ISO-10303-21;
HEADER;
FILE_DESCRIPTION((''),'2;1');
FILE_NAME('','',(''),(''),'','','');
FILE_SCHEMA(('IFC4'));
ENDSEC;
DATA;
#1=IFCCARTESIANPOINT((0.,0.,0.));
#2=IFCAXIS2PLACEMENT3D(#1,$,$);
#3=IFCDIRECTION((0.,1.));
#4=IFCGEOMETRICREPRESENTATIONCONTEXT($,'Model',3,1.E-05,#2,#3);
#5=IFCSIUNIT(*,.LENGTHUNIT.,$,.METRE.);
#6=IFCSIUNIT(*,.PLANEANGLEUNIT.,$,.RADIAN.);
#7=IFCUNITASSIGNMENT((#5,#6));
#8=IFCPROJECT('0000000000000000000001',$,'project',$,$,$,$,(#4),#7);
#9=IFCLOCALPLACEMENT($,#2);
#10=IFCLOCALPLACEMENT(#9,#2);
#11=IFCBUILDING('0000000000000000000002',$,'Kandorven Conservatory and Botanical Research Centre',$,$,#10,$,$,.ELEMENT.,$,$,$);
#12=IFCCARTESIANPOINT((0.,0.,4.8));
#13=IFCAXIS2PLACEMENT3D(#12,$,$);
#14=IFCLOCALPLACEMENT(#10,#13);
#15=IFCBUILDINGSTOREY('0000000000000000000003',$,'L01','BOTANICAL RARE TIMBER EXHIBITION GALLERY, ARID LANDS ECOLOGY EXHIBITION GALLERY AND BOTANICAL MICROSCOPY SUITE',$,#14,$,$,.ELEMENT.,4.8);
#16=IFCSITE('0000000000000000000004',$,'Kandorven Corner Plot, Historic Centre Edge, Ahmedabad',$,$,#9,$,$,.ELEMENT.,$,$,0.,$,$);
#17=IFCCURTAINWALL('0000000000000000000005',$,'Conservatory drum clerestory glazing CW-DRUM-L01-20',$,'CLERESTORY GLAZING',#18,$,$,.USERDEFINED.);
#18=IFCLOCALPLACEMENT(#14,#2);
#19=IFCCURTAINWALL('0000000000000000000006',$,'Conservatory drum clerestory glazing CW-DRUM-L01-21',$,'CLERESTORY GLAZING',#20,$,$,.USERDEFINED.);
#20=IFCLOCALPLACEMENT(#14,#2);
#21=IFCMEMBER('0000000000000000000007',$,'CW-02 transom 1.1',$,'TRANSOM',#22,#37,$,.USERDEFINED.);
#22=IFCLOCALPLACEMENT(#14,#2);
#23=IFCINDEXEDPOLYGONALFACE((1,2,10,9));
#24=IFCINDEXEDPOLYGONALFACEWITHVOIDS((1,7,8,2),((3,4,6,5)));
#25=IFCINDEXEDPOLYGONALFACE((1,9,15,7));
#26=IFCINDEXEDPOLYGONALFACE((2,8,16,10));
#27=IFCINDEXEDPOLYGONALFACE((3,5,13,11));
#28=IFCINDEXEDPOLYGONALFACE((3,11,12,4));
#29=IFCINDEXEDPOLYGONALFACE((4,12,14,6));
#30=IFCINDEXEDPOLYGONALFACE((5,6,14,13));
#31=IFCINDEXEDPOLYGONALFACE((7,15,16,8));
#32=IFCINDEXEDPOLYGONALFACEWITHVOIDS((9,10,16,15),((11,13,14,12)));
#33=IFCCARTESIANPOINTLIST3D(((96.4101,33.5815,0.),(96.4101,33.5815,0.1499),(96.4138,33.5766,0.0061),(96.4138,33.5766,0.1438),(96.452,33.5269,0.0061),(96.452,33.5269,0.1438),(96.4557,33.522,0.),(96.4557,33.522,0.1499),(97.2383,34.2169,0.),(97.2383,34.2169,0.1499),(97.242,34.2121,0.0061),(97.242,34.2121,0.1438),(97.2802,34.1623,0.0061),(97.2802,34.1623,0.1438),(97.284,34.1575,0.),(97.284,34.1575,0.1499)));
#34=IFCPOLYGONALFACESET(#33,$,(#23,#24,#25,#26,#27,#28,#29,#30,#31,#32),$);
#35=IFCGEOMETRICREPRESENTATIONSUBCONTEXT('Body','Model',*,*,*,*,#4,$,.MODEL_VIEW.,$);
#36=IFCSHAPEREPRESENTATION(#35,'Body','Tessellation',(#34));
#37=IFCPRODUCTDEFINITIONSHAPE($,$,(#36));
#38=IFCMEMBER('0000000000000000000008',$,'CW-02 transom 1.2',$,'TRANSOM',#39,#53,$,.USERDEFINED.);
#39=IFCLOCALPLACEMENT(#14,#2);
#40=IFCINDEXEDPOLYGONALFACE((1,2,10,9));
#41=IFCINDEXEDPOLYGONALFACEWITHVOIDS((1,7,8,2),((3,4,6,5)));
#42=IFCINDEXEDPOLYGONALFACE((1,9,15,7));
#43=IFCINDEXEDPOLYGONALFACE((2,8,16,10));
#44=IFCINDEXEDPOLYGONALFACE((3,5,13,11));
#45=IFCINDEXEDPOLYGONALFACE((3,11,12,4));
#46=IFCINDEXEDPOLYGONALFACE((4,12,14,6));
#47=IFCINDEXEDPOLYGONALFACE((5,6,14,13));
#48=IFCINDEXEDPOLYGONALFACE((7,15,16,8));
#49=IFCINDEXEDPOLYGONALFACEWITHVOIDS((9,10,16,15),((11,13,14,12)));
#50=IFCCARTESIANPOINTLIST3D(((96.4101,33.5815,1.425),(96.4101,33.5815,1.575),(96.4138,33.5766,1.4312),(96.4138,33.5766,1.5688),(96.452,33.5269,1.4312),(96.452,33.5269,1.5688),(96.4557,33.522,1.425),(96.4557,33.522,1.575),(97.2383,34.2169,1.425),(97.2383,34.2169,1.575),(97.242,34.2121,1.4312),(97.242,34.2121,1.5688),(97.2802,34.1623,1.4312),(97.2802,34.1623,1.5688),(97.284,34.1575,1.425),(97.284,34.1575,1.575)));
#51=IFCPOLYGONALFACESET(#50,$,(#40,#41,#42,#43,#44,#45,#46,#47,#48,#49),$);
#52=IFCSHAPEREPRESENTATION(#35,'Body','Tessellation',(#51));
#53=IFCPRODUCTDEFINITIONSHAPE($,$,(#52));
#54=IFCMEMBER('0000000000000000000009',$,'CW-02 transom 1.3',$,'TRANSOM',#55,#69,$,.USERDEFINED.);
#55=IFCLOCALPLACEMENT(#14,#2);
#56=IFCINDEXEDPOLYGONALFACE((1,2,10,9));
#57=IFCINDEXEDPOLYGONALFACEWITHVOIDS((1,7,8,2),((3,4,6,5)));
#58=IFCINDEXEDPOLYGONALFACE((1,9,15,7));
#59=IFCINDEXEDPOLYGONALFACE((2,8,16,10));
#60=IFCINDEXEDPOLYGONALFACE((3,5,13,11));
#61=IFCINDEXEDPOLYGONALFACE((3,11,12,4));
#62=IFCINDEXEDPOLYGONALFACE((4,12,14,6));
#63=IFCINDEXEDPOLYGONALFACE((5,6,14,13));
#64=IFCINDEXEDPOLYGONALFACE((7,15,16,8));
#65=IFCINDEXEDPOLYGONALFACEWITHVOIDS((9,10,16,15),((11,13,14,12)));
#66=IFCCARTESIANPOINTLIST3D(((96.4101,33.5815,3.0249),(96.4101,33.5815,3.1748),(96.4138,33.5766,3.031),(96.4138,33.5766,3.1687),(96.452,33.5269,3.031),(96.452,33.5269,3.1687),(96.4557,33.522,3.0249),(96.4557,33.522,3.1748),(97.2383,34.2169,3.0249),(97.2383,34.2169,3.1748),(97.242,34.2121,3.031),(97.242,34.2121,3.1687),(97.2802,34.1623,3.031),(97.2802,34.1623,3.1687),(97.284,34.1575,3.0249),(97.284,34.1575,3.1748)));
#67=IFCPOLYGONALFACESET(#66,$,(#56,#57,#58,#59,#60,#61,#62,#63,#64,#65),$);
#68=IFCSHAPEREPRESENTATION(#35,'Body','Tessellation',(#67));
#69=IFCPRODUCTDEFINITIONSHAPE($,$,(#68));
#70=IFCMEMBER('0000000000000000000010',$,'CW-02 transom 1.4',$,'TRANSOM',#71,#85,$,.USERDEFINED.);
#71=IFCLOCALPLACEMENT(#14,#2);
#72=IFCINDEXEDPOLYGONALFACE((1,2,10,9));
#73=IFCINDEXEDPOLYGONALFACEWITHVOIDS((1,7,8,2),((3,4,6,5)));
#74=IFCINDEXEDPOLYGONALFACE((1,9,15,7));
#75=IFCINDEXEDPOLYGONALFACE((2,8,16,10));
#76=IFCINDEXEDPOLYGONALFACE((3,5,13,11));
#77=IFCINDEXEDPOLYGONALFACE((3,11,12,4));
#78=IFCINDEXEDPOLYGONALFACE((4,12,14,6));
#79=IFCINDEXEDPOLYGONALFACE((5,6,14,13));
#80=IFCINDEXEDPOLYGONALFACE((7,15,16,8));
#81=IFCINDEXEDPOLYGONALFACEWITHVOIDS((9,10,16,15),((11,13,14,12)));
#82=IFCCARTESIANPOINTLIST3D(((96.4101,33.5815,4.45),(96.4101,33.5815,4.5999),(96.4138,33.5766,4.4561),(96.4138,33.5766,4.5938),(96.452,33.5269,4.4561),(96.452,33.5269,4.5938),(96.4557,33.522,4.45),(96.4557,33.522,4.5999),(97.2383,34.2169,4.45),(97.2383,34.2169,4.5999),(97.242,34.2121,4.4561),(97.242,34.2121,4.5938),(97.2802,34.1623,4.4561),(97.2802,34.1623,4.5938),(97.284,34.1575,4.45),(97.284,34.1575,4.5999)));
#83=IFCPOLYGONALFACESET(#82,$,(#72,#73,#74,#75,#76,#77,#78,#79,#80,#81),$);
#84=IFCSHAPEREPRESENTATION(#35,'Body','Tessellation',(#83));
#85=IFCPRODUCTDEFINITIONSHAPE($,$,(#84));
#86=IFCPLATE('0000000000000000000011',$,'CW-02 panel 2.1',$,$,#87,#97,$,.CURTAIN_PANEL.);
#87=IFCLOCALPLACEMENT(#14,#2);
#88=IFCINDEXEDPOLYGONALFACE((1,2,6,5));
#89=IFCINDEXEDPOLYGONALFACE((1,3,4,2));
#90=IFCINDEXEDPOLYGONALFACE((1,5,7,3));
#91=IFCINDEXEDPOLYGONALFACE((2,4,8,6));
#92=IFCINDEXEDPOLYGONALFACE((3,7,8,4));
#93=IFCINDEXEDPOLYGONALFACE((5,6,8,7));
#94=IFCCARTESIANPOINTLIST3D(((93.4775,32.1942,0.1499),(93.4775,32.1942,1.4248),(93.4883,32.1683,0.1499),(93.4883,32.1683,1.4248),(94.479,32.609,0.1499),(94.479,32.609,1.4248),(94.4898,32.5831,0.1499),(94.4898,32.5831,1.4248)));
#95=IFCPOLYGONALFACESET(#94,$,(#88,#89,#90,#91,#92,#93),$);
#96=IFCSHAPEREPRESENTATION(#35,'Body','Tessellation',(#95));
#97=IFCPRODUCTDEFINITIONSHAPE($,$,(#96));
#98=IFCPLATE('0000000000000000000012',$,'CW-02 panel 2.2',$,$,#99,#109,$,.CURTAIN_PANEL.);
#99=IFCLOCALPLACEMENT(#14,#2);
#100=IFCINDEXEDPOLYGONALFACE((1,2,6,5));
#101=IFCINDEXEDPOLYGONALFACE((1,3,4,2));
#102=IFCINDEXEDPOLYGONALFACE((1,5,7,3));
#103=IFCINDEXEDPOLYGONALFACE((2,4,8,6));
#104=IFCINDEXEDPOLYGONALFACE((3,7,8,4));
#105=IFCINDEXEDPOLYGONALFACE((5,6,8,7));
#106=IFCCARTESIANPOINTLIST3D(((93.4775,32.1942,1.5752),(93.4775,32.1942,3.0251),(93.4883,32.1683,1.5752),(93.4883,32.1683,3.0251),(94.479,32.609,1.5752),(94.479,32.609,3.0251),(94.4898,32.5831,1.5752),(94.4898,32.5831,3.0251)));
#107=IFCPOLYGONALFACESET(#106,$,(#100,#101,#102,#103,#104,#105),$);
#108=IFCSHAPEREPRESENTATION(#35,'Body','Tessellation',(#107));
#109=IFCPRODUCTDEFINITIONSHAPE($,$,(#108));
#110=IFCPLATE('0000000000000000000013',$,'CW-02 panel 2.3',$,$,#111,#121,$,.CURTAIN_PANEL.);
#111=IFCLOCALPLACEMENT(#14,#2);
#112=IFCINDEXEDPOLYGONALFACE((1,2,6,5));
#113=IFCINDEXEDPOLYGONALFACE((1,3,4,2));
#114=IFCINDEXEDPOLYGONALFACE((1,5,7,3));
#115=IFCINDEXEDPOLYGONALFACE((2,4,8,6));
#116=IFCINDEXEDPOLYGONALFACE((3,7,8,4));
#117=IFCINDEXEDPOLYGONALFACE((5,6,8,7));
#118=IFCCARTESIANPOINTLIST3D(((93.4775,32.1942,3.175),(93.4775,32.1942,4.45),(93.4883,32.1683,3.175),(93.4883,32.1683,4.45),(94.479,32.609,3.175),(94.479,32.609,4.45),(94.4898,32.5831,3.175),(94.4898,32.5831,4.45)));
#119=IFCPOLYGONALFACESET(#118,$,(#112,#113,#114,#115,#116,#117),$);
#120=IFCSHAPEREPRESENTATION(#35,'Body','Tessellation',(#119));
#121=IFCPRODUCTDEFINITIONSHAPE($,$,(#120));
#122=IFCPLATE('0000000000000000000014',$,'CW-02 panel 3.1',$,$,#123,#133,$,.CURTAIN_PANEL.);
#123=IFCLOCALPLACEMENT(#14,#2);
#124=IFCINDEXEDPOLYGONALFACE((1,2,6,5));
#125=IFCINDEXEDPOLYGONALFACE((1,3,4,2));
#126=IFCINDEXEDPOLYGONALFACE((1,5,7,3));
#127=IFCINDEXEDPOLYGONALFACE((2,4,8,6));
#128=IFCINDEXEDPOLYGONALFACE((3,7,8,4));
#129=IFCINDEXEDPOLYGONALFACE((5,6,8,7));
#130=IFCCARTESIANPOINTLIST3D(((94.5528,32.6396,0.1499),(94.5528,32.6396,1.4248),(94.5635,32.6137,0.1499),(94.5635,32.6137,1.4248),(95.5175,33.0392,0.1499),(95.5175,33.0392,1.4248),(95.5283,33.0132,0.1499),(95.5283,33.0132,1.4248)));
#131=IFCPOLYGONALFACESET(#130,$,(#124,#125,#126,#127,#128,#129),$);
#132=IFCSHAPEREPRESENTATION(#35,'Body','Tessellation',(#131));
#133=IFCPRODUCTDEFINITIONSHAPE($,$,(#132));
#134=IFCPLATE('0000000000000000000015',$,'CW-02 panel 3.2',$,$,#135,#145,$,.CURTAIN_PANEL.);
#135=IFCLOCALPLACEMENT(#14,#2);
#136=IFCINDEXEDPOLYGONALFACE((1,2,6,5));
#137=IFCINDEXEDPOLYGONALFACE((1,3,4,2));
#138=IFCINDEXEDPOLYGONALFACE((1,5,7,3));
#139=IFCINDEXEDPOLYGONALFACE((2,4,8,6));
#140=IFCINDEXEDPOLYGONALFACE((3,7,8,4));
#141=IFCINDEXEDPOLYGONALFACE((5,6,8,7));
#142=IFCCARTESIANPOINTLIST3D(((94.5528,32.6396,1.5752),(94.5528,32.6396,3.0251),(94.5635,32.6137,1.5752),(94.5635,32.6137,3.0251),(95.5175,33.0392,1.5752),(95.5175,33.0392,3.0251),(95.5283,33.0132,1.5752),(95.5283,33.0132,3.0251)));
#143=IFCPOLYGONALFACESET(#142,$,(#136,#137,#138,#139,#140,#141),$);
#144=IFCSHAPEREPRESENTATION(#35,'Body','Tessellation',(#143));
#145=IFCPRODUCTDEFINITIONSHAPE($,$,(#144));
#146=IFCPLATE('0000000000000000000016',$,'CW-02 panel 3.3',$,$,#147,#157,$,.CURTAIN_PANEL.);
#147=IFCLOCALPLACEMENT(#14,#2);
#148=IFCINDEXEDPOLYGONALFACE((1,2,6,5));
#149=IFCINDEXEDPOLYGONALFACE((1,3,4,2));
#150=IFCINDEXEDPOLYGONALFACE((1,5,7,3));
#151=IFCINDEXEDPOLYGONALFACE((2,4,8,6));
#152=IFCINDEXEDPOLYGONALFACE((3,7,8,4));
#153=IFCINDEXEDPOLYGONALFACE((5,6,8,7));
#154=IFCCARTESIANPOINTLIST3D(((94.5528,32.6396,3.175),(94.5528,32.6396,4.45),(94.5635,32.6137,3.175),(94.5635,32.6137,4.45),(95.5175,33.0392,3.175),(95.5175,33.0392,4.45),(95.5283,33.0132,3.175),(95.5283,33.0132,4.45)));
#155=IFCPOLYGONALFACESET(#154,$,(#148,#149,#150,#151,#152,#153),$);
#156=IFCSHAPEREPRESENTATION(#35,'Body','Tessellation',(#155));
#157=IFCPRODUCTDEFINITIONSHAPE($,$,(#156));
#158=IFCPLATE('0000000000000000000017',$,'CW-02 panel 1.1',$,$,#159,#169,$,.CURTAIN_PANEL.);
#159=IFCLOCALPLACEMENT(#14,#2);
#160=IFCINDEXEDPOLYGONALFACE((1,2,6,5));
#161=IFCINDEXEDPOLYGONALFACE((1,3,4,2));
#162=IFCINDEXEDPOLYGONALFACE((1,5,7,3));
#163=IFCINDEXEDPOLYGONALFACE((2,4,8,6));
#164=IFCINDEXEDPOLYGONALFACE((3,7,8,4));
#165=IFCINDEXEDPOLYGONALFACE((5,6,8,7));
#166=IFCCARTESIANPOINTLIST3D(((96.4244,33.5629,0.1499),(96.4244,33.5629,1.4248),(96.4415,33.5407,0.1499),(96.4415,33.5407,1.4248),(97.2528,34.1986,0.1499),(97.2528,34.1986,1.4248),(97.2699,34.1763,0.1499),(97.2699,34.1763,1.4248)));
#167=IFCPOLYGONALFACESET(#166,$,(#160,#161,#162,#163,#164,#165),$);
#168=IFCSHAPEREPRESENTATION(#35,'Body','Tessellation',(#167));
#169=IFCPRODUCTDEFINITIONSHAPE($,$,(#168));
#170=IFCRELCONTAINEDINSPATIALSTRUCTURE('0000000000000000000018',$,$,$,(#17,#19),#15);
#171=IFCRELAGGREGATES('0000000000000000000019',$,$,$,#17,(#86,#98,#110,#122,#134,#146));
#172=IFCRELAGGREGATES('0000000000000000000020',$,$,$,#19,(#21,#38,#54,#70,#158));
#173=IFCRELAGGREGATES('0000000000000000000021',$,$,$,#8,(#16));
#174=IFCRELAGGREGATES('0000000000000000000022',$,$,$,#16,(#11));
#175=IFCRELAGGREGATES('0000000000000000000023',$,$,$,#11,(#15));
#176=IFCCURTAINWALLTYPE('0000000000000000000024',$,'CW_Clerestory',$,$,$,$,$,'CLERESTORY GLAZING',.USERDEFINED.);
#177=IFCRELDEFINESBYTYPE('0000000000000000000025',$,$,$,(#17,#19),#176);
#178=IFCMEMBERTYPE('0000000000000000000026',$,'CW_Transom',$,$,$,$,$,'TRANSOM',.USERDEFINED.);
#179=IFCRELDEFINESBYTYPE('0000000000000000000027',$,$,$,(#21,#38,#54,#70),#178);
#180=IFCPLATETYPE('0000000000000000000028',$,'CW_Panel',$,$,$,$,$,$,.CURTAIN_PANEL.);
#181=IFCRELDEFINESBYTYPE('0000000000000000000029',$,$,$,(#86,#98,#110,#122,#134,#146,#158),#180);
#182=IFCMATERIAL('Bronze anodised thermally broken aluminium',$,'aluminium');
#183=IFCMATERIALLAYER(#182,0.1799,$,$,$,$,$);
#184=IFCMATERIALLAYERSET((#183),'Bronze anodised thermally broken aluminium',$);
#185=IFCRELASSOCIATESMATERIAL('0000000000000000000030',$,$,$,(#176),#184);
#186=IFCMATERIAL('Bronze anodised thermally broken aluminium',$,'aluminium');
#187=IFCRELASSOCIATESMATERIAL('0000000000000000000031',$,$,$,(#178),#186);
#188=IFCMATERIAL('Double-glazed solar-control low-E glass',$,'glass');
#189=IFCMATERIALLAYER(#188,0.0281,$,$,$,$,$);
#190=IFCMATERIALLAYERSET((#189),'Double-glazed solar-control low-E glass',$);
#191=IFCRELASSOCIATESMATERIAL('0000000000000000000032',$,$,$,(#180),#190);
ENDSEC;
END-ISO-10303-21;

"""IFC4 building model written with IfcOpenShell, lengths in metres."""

from ifc_helpers import new_model, si_unit, direction, frame, origin, origin_2d, place, context, subcontext, project, spatial, rectangle, hollow_rectangle, extrude, material, layer, layer_set, material_profile, profile_set, type_object, element, aggregate, save


model = new_model("IFC4")

# Units and contexts
model_context = context("Model", 3, precision=1e-05, world=origin(), true_north=direction((0.0, 1.0)))
body_context = subcontext(model_context, "Body", "Model", "MODEL_VIEW")
ifc_project = project(units=[si_unit("LENGTHUNIT", "METRE"), si_unit("PLANEANGLEUNIT", "RADIAN")], contexts=[model_context])

# Site, building, storey
site_placement = place(None, origin())
site = spatial("IfcSite", under=ifc_project, at=site_placement, Name="Kandorven Corner Plot, Historic Centre Edge, Ahmedabad", CompositionType="ELEMENT", RefElevation=0.0)
building_placement = place(site_placement, origin())
building = spatial("IfcBuilding", under=site, at=building_placement, Name="Kandorven Conservatory and Botanical Research Centre", CompositionType="ELEMENT")
storey_placement = place(building_placement, frame((0.0, 0.0, 4.8)))
storey = spatial("IfcBuildingStorey", under=building, at=storey_placement, Name="L01", Description="BOTANICAL RARE TIMBER EXHIBITION GALLERY, ARID LANDS ECOLOGY EXHIBITION GALLERY AND BOTANICAL MICROSCOPY SUITE", CompositionType="ELEMENT", Elevation=4.8)

# Curtain wall
ifc_material_1 = material(Name="Bronze anodised thermally broken aluminium", Category="aluminium")
ifc_layer_1 = layer(ifc_material_1, 0.1799)
ifc_layer_set_1 = layer_set([ifc_layer_1], Name="Bronze anodised thermally broken aluminium")
curtain_wall_type = type_object("IfcCurtainWallType", Name="CW_Clerestory", ElementType="CLERESTORY GLAZING", PredefinedType="USERDEFINED", material=ifc_layer_set_1)
curtain_wall_1_placement = place(storey_placement, origin())
curtain_wall_1 = element("IfcCurtainWall", 1, at=curtain_wall_1_placement, inside=storey, type_object=curtain_wall_type, Name="Conservatory drum clerestory glazing CW-DRUM-L01-20", ObjectType="CLERESTORY GLAZING", PredefinedType="USERDEFINED")

# Curtain wall
curtain_wall_2_placement = place(storey_placement, origin())
curtain_wall_2 = element("IfcCurtainWall", 2, at=curtain_wall_2_placement, inside=storey, type_object=curtain_wall_type, Name="Conservatory drum clerestory glazing CW-DRUM-L01-21", ObjectType="CLERESTORY GLAZING", PredefinedType="USERDEFINED")

# Members
ifc_material_2 = material(Name="Bronze anodised thermally broken aluminium", Category="aluminium")
ifc_material_profile_1 = material_profile(ifc_material_2, hollow_rectangle(XDim=0.075, YDim=0.1499, WallThickness=0.0061, at=origin_2d()))
ifc_profile_set_1 = profile_set([ifc_material_profile_1], Name="Bronze anodised thermally broken aluminium")
member_type_1 = type_object("IfcMemberType", Name="CW_Transom", ElementType="TRANSOM", PredefinedType="USERDEFINED", material=ifc_profile_set_1)
member_1_placement = place(storey_placement, frame((96.4329, 33.5518, 0.075), z_axis=(0.793414, 0.608682, 0.0), x_axis=(-0.608682, 0.793414, 0.0)))
member_1 = element("IfcMember", 3, at=member_1_placement, type_object=member_type_1, Name="CW-02 transom 1.1", ObjectType="TRANSOM", PredefinedType="USERDEFINED", context=body_context, shape_type="SweptSolid", body=[
    extrude(hollow_rectangle(XDim=0.075, YDim=0.1499, WallThickness=0.0061, at=origin_2d()), origin(), (0.0, 0.0, 1.0), 1.0439),
])
member_2_placement = place(storey_placement, frame((96.4329, 33.5518, 1.5), z_axis=(0.793414, 0.608682, 0.0), x_axis=(-0.608682, 0.793414, 0.0)))
member_2 = element("IfcMember", 4, at=member_2_placement, type_object=member_type_1, Name="CW-02 transom 1.2", ObjectType="TRANSOM", PredefinedType="USERDEFINED", context=body_context, shape_type="SweptSolid", body=[
    extrude(hollow_rectangle(XDim=0.075, YDim=0.1499, WallThickness=0.0061, at=origin_2d()), origin(), (0.0, 0.0, 1.0), 1.0439),
])
member_3_placement = place(storey_placement, frame((96.4329, 33.5518, 3.0999), z_axis=(0.793414, 0.608682, 0.0), x_axis=(-0.608682, 0.793414, 0.0)))
member_3 = element("IfcMember", 5, at=member_3_placement, type_object=member_type_1, Name="CW-02 transom 1.3", ObjectType="TRANSOM", PredefinedType="USERDEFINED", context=body_context, shape_type="SweptSolid", body=[
    extrude(hollow_rectangle(XDim=0.075, YDim=0.1499, WallThickness=0.0061, at=origin_2d()), origin(), (0.0, 0.0, 1.0), 1.0439),
])
member_4_placement = place(storey_placement, frame((96.4329, 33.5518, 4.5249), z_axis=(0.793414, 0.608682, 0.0), x_axis=(-0.608682, 0.793414, 0.0)))
member_4 = element("IfcMember", 6, at=member_4_placement, type_object=member_type_1, Name="CW-02 transom 1.4", ObjectType="TRANSOM", PredefinedType="USERDEFINED", context=body_context, shape_type="SweptSolid", body=[
    extrude(hollow_rectangle(XDim=0.075, YDim=0.1499, WallThickness=0.0061, at=origin_2d()), origin(), (0.0, 0.0, 1.0), 1.0439),
])

# Plates
ifc_material_3 = material(Name="Double-glazed solar-control low-E glass", Category="glass")
ifc_layer_2 = layer(ifc_material_3, 0.0281)
ifc_layer_set_2 = layer_set([ifc_layer_2], Name="Double-glazed solar-control low-E glass")
plate_type = type_object("IfcPlateType", Name="CW_Panel", PredefinedType="CURTAIN_PANEL", material=ifc_layer_set_2)
plate_1_placement = place(storey_placement, frame((93.9836, 32.3887, 0.1499), z_axis=(0.0, 0.0, 1.0), x_axis=(0.923886, 0.382669, 0.0)))
plate_1 = element("IfcPlate", 7, at=plate_1_placement, type_object=plate_type, Name="CW-02 panel 2.1", PredefinedType="CURTAIN_PANEL", context=body_context, shape_type="SweptSolid", body=[
    extrude(rectangle(XDim=1.084, YDim=0.0281, at=origin_2d()), origin(), (0.0, 0.0, 1.0), 1.2749),
])
plate_2_placement = place(storey_placement, frame((93.9836, 32.3887, 1.5752), z_axis=(0.0, 0.0, 1.0), x_axis=(0.923886, 0.382669, 0.0)))
plate_2 = element("IfcPlate", 8, at=plate_2_placement, type_object=plate_type, Name="CW-02 panel 2.2", PredefinedType="CURTAIN_PANEL", context=body_context, shape_type="SweptSolid", body=[
    extrude(rectangle(XDim=1.084, YDim=0.0281, at=origin_2d()), origin(), (0.0, 0.0, 1.0), 1.45),
])
plate_3_placement = place(storey_placement, frame((93.9836, 32.3887, 3.175), z_axis=(0.0, 0.0, 1.0), x_axis=(0.923886, 0.382669, 0.0)))
plate_3 = element("IfcPlate", 9, at=plate_3_placement, type_object=plate_type, Name="CW-02 panel 2.3", PredefinedType="CURTAIN_PANEL", context=body_context, shape_type="SweptSolid", body=[
    extrude(rectangle(XDim=1.084, YDim=0.0281, at=origin_2d()), origin(), (0.0, 0.0, 1.0), 1.2749),
])
plate_4_placement = place(storey_placement, frame((95.0405, 32.8264, 0.1499), z_axis=(0.0, 0.0, 1.0), x_axis=(0.923886, 0.382669, 0.0)))
plate_4 = element("IfcPlate", 10, at=plate_4_placement, type_object=plate_type, Name="CW-02 panel 3.1", PredefinedType="CURTAIN_PANEL", context=body_context, shape_type="SweptSolid", body=[
    extrude(rectangle(XDim=1.0442, YDim=0.0281, at=origin_2d()), origin(), (0.0, 0.0, 1.0), 1.2749),
])
plate_5_placement = place(storey_placement, frame((95.0405, 32.8264, 1.5752), z_axis=(0.0, 0.0, 1.0), x_axis=(0.923886, 0.382669, 0.0)))
plate_5 = element("IfcPlate", 11, at=plate_5_placement, type_object=plate_type, Name="CW-02 panel 3.2", PredefinedType="CURTAIN_PANEL", context=body_context, shape_type="SweptSolid", body=[
    extrude(rectangle(XDim=1.0442, YDim=0.0281, at=origin_2d()), origin(), (0.0, 0.0, 1.0), 1.45),
])
plate_6_placement = place(storey_placement, frame((95.0405, 32.8264, 3.175), z_axis=(0.0, 0.0, 1.0), x_axis=(0.923886, 0.382669, 0.0)))
plate_6 = element("IfcPlate", 12, at=plate_6_placement, type_object=plate_type, Name="CW-02 panel 3.3", PredefinedType="CURTAIN_PANEL", context=body_context, shape_type="SweptSolid", body=[
    extrude(rectangle(XDim=1.0442, YDim=0.0281, at=origin_2d()), origin(), (0.0, 0.0, 1.0), 1.2749),
])
aggregate(curtain_wall_1, [plate_1, plate_2, plate_3, plate_4, plate_5, plate_6])
plate_7_placement = place(storey_placement, frame((96.8472, 33.8696, 0.1499), z_axis=(0.0, 0.0, 1.0), x_axis=(0.793347, 0.608769, 0.0)))
plate_7 = element("IfcPlate", 13, at=plate_7_placement, type_object=plate_type, Name="CW-02 panel 1.1", PredefinedType="CURTAIN_PANEL", context=body_context, shape_type="SweptSolid", body=[
    extrude(rectangle(XDim=1.0442, YDim=0.0281, at=origin_2d()), origin(), (0.0, 0.0, 1.0), 1.2749),
])
aggregate(curtain_wall_2, [member_1, member_2, member_3, member_4, plate_7])

save(model, "model.ifc")
